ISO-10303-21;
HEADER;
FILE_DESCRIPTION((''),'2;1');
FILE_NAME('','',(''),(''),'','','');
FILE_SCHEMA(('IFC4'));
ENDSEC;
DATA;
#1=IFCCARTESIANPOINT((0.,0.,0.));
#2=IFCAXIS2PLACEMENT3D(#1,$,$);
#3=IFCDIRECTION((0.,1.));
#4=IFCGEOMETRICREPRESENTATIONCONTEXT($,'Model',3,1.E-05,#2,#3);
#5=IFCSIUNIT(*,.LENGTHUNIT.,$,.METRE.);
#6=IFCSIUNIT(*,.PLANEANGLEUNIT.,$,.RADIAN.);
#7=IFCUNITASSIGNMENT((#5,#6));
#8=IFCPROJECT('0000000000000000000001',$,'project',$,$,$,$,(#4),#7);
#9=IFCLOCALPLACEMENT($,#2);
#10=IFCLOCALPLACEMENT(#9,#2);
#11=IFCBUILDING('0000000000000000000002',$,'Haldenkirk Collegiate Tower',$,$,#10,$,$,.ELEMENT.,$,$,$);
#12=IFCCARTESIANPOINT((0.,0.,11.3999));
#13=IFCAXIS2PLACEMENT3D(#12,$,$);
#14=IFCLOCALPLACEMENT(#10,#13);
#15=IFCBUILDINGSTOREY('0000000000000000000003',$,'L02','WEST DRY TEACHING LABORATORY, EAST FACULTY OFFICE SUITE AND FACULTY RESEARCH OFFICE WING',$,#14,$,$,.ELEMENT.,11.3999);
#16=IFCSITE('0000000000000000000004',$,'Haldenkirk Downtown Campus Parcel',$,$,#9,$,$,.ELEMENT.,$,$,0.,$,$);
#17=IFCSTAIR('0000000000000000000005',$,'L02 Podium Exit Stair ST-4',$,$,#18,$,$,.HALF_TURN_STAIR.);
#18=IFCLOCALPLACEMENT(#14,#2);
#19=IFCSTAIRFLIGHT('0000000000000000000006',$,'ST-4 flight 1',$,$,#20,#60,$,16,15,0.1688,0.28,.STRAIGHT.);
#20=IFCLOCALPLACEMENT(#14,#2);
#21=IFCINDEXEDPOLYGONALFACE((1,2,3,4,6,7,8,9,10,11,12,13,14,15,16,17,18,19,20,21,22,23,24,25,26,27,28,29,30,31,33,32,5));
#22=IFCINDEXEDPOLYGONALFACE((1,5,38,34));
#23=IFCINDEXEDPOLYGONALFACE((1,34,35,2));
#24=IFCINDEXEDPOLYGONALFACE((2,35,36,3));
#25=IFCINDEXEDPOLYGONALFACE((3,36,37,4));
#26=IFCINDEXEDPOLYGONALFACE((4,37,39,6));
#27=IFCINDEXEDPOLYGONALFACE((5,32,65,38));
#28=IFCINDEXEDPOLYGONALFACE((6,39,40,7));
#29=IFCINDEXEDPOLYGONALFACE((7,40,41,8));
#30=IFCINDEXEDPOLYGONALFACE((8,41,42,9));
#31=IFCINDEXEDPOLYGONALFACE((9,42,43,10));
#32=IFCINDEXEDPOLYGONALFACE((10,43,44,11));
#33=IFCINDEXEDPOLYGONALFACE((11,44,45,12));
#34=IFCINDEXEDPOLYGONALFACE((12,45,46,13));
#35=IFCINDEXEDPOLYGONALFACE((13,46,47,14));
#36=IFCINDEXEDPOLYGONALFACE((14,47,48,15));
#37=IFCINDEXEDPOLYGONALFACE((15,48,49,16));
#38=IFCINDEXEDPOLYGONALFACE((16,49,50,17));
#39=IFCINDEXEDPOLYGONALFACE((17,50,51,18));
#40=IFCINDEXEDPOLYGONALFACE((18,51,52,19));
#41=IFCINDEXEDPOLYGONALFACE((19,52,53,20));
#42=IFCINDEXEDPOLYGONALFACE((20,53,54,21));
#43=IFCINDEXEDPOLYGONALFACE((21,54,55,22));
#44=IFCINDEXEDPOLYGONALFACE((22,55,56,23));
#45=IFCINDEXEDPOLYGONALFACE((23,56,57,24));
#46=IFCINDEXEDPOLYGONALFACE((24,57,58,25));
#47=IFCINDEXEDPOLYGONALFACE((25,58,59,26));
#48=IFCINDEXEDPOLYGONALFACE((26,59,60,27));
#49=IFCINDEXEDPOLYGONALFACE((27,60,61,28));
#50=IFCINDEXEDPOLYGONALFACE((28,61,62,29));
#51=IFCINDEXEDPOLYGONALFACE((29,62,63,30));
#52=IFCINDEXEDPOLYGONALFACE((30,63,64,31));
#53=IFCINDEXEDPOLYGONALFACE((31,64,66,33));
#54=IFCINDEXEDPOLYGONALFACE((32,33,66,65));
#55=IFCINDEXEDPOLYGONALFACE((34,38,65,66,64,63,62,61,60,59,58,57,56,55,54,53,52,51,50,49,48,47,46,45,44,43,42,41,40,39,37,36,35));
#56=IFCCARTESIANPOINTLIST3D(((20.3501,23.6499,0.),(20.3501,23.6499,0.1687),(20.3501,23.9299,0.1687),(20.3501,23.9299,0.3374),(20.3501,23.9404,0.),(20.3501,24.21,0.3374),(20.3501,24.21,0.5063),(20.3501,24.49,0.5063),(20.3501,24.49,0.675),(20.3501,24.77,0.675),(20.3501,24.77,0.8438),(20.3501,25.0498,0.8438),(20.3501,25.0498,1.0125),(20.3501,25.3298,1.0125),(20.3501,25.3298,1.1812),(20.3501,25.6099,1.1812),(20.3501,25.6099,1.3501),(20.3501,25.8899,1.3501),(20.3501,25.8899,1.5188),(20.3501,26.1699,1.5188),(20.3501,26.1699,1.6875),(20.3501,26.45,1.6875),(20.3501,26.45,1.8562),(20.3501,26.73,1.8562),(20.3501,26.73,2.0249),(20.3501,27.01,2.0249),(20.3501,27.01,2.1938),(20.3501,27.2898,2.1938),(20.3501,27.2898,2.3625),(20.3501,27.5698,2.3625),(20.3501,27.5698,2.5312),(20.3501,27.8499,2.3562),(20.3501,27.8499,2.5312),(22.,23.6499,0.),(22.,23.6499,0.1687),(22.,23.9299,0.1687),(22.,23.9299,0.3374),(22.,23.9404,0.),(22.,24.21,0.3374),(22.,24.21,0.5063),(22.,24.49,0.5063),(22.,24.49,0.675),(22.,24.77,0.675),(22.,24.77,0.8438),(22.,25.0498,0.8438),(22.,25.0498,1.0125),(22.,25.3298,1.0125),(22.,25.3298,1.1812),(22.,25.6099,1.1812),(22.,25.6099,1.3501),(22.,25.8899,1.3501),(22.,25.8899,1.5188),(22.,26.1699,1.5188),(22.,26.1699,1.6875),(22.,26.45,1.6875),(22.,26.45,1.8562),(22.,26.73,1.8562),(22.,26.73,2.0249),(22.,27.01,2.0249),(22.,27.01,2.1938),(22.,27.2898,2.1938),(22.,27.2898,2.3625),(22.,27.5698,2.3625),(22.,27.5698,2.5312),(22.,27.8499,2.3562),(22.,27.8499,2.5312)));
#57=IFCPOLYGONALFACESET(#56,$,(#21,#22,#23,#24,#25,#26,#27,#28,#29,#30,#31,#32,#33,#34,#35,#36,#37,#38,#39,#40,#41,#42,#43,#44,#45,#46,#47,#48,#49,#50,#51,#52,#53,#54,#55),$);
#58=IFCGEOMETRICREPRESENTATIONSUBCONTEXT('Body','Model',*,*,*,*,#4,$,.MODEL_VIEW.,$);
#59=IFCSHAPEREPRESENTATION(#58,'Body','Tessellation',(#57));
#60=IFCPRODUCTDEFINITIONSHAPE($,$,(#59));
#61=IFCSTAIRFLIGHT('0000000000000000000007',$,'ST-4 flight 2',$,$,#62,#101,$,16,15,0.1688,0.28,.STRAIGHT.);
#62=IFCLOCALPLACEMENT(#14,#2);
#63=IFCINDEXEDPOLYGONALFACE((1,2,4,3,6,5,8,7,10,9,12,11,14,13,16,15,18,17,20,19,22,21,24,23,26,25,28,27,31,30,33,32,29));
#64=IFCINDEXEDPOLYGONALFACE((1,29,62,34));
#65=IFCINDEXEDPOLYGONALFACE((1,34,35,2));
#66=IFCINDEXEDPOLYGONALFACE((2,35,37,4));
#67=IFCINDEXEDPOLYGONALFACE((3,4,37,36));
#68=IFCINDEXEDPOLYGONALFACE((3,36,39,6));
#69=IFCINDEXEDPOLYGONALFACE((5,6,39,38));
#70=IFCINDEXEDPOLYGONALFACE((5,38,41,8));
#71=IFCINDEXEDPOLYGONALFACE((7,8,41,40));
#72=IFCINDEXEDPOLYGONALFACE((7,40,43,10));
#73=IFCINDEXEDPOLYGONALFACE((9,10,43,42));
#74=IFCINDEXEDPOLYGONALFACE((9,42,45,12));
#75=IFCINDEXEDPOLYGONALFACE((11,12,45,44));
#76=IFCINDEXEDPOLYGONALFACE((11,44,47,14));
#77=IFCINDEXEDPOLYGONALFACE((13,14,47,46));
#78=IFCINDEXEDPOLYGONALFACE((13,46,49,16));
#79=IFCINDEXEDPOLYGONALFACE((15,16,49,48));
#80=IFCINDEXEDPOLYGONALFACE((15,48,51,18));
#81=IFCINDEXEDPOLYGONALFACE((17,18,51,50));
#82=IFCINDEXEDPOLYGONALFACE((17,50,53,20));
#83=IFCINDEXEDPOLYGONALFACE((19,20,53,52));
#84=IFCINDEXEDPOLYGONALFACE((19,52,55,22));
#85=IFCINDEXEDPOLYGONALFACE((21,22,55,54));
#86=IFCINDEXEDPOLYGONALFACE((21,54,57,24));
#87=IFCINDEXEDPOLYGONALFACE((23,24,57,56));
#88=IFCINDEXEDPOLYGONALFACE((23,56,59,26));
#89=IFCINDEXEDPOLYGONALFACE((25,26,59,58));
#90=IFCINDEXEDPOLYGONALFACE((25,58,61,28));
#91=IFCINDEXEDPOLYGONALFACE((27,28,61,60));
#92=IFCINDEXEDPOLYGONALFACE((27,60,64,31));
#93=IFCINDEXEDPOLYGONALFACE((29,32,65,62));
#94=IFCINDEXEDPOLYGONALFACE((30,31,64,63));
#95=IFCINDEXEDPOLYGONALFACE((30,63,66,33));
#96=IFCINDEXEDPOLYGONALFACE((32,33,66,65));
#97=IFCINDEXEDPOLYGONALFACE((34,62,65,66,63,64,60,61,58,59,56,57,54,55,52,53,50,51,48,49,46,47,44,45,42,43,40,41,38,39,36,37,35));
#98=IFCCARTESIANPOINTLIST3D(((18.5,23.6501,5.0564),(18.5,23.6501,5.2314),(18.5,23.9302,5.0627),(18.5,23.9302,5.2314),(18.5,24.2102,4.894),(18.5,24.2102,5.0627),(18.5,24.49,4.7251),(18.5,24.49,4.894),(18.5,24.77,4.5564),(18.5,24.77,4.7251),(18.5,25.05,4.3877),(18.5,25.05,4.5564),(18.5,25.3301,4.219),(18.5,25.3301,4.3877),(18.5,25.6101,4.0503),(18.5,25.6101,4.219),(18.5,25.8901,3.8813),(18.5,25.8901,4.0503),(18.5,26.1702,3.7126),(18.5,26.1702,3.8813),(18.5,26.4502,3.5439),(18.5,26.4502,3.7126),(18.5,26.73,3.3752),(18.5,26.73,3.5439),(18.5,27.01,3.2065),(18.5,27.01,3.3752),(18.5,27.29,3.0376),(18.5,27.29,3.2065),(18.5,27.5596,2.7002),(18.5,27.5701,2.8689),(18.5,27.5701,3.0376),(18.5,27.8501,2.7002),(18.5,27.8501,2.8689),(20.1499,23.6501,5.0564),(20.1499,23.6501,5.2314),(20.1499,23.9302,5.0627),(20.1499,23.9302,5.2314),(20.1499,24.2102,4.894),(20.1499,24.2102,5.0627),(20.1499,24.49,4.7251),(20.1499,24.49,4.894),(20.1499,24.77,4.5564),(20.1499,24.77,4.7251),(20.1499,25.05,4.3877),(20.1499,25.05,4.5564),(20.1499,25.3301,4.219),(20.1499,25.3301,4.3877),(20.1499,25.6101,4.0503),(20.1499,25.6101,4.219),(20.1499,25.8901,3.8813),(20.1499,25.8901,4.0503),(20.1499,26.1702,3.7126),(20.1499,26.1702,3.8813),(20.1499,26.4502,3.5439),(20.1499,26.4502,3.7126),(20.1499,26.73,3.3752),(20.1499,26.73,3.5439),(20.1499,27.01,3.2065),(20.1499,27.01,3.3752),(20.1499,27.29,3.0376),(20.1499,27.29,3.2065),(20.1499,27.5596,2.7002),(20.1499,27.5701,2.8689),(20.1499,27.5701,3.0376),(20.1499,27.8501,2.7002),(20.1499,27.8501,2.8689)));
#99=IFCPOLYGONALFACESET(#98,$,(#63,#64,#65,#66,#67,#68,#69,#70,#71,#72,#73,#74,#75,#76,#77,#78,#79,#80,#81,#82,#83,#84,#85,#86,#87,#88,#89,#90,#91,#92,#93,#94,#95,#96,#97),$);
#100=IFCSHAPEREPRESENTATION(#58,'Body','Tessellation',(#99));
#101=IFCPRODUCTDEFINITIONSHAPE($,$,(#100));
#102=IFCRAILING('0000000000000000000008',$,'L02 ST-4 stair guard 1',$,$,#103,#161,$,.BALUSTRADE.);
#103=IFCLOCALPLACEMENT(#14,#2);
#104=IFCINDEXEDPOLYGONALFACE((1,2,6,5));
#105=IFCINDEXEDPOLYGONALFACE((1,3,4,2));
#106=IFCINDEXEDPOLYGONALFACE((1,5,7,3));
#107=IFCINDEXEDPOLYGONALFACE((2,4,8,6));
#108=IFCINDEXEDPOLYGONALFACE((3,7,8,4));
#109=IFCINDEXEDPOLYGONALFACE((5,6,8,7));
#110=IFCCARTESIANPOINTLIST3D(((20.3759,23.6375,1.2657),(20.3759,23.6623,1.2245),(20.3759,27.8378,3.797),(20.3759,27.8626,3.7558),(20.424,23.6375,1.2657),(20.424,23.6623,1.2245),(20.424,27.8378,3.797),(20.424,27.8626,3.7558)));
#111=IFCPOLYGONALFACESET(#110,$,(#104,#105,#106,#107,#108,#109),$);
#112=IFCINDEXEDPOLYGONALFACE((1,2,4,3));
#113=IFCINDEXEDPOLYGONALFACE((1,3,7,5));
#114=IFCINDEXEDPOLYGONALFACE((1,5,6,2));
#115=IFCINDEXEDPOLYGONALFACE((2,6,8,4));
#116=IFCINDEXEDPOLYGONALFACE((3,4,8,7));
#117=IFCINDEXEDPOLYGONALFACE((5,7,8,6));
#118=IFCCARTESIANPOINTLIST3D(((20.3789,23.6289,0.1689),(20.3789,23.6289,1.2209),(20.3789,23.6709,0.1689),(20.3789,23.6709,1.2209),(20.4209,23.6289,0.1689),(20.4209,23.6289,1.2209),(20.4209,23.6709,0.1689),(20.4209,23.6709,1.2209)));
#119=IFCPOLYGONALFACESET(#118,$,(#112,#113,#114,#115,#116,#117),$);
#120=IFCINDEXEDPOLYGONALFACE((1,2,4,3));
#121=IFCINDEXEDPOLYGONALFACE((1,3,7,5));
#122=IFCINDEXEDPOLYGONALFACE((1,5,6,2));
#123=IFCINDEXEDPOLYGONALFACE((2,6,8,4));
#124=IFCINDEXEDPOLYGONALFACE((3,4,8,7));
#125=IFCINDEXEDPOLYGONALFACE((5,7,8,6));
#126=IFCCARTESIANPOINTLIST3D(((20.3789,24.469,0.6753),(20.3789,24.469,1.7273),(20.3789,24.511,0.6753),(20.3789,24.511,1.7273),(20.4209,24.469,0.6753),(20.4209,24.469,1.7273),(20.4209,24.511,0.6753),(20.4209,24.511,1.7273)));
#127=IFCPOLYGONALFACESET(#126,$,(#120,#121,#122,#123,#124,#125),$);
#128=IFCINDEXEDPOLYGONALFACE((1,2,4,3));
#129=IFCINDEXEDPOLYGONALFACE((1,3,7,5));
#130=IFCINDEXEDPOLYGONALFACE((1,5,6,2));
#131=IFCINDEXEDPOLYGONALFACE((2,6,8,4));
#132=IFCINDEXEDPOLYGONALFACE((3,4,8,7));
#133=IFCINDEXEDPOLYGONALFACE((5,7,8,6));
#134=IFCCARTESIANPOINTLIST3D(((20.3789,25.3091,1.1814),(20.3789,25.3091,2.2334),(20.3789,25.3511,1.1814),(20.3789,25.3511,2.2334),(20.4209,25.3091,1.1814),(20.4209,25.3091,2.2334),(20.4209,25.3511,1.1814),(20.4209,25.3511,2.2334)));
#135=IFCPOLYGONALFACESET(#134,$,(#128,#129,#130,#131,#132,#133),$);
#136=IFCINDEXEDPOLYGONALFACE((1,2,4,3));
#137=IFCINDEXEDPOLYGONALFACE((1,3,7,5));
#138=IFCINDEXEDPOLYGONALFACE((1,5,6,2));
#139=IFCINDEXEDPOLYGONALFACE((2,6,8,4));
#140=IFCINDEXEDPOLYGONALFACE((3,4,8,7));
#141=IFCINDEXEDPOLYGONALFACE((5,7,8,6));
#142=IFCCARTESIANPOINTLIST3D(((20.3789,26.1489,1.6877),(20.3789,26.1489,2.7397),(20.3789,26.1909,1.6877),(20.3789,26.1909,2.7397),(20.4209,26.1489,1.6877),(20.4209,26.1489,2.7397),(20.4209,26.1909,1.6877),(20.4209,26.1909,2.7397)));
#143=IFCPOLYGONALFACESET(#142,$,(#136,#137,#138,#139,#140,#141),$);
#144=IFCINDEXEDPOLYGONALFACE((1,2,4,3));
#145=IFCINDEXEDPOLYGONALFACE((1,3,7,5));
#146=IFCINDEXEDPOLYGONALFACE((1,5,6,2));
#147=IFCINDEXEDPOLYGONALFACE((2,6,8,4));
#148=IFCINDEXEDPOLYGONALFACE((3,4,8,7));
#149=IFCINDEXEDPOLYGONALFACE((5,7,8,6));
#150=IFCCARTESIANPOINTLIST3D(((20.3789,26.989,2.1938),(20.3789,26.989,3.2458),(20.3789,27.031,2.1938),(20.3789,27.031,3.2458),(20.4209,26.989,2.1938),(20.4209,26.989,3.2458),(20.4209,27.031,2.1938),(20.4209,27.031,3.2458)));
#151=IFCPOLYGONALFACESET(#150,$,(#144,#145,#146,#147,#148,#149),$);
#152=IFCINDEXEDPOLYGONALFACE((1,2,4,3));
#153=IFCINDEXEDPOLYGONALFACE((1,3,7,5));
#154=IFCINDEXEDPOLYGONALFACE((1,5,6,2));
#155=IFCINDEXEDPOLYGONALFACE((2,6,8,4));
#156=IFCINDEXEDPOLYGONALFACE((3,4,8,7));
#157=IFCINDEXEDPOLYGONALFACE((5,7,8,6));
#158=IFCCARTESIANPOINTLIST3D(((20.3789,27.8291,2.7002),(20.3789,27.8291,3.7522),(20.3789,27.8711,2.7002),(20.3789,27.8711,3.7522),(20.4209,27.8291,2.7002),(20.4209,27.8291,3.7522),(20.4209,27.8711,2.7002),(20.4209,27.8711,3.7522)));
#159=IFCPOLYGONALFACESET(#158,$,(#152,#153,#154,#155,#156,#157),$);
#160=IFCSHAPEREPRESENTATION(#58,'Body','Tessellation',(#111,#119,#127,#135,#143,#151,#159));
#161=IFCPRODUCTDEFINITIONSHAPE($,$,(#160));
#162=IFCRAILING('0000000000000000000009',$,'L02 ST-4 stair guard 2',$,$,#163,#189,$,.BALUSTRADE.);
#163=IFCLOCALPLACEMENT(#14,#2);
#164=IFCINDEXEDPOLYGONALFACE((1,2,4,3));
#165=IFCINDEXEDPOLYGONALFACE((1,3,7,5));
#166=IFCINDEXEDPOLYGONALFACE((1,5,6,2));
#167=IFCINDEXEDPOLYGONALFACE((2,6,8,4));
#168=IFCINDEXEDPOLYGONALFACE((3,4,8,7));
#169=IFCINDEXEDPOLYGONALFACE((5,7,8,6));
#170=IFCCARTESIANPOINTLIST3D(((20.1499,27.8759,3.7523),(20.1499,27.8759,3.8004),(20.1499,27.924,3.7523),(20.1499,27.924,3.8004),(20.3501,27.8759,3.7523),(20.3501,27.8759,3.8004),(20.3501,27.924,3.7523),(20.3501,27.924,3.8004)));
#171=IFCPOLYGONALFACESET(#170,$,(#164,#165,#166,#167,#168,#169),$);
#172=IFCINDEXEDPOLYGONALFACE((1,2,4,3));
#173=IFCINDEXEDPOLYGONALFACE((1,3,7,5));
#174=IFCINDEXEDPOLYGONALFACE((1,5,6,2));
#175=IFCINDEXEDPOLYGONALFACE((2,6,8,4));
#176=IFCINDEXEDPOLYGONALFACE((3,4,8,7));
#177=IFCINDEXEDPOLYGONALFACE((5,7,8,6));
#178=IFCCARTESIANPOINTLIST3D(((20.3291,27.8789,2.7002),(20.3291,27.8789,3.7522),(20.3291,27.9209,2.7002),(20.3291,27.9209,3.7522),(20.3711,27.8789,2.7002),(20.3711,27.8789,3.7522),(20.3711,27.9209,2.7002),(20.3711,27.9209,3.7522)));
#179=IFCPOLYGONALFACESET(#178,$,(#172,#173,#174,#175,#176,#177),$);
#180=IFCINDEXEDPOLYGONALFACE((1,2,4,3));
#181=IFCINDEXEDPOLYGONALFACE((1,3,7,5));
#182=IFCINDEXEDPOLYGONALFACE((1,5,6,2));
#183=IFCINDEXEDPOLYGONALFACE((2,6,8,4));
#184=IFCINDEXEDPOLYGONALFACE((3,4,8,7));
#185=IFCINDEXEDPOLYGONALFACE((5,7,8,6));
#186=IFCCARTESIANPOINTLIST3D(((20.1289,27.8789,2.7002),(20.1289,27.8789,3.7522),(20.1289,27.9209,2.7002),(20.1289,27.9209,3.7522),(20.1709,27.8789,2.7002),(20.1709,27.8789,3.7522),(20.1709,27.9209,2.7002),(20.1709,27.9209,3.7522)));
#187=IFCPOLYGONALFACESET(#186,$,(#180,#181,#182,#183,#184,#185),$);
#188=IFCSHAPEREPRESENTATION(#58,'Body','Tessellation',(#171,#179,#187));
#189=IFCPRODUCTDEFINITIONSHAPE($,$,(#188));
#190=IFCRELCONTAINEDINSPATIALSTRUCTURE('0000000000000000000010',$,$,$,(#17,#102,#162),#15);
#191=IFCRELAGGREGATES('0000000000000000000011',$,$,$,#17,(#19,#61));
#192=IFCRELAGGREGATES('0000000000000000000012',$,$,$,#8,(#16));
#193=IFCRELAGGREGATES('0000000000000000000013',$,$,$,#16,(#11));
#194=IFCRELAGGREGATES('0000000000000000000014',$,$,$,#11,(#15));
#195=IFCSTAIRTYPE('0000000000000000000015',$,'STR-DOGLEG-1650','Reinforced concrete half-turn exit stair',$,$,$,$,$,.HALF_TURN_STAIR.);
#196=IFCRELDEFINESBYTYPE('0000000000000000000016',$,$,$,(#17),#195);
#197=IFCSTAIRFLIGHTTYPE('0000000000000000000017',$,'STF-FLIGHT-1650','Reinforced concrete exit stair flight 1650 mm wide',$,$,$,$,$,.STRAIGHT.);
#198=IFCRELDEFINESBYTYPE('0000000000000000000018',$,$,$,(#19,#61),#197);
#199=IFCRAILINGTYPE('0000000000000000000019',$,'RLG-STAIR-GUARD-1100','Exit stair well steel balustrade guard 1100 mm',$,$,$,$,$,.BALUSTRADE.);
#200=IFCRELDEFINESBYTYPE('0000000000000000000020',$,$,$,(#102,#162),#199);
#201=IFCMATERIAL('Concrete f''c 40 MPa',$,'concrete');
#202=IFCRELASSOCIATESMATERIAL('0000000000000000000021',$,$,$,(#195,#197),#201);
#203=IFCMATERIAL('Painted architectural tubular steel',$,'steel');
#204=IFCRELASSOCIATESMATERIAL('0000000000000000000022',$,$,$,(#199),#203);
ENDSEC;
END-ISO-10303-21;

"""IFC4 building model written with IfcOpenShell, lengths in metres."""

from ifc_helpers import new_model, si_unit, direction, frame, origin, origin_2d, place, context, subcontext, project, spatial, polyline, rectangle, outline, extrude, material, type_object, element, aggregate, save


model = new_model("IFC4")

# Units and contexts
model_context = context("Model", 3, precision=1e-05, world=origin(), true_north=direction((0.0, 1.0)))
body_context = subcontext(model_context, "Body", "Model", "MODEL_VIEW")
ifc_project = project(units=[si_unit("LENGTHUNIT", "METRE"), si_unit("PLANEANGLEUNIT", "RADIAN")], contexts=[model_context])

# Site, building, storey
site_placement = place(None, origin())
site = spatial("IfcSite", under=ifc_project, at=site_placement, Name="Haldenkirk Downtown Campus Parcel", CompositionType="ELEMENT", RefElevation=0.0)
building_placement = place(site_placement, origin())
building = spatial("IfcBuilding", under=site, at=building_placement, Name="Haldenkirk Collegiate Tower", CompositionType="ELEMENT")
storey_placement = place(building_placement, frame((0.0, 0.0, 11.3999)))
storey = spatial("IfcBuildingStorey", under=building, at=storey_placement, Name="L02", Description="WEST DRY TEACHING LABORATORY, EAST FACULTY OFFICE SUITE AND FACULTY RESEARCH OFFICE WING", CompositionType="ELEMENT", Elevation=11.3999)

# Stair, stair flights
ifc_material_1 = material(Name="Concrete f'c 40 MPa", Category="concrete")
stair_type = type_object("IfcStairType", Name="STR-DOGLEG-1650", Description="Reinforced concrete half-turn exit stair", PredefinedType="HALF_TURN_STAIR", material=ifc_material_1)
stair_placement = place(storey_placement, origin())
stair = element("IfcStair", 1, at=stair_placement, inside=storey, type_object=stair_type, Name="L02 Podium Exit Stair ST-4", PredefinedType="HALF_TURN_STAIR")
stair_flight_type = type_object("IfcStairFlightType", Name="STF-FLIGHT-1650", Description="Reinforced concrete exit stair flight 1650 mm wide", PredefinedType="STRAIGHT", material=ifc_material_1)
stair_flight_1_placement = place(storey_placement, frame((21.175, 23.6499, 0.0), z_axis=(0.0, 0.0, 1.0), x_axis=(0.0, 1.0, 0.0)))
stair_flight_1 = element("IfcStairFlight", 2, at=stair_flight_1_placement, type_object=stair_flight_type, Name="ST-4 flight 1", NumberOfRisers=16, NumberOfTreads=15, PredefinedType="STRAIGHT", RiserHeight=0.1688, TreadLength=0.28, context=body_context, shape_type="SweptSolid", body=[
    extrude(outline(polyline([(0.0, 0.0), (0.0, 0.1687), (0.28, 0.1687), (0.28, 0.3374), (0.5601, 0.3374), (0.5601, 0.5063), (0.8401, 0.5063), (0.8401, 0.675), (1.1201, 0.675), (1.1201, 0.8438), (1.3999, 0.8438), (1.3999, 1.0125), (1.6799, 1.0125), (1.6799, 1.1812), (1.96, 1.1812), (1.96, 1.3501), (2.24, 1.3501), (2.24, 1.5188), (2.52, 1.5188), (2.52, 1.6875), (2.8, 1.6875), (2.8, 1.8562), (3.0801, 1.8562), (3.0801, 2.0249), (3.3601, 2.0249), (3.3601, 2.1938), (3.6399, 2.1938), (3.6399, 2.3625), (3.9199, 2.3625), (3.9199, 2.5312), (4.2, 2.5312), (4.2, 2.7), (4.2, 2.3562), (0.2905, 0.0), (0.0, 0.0)])), frame((0.0, 0.825, 0.0), z_axis=(0.0, -1.0, 0.0), x_axis=(1.0, 0.0, 0.0)), (0.0, 0.0, 1.0), 1.6499),
])
stair_flight_2_placement = place(storey_placement, frame((19.325, 27.8501, 2.7002), z_axis=(0.0, 0.0, 1.0), x_axis=(0.0, -1.0, 0.0)))
stair_flight_2 = element("IfcStairFlight", 3, at=stair_flight_2_placement, type_object=stair_flight_type, Name="ST-4 flight 2", NumberOfRisers=16, NumberOfTreads=15, PredefinedType="STRAIGHT", RiserHeight=0.1688, TreadLength=0.28, context=body_context, shape_type="SweptSolid", body=[
    extrude(outline(polyline([(0.0, 0.0), (0.0, 0.1687), (0.28, 0.1687), (0.28, 0.3374), (0.5601, 0.3374), (0.5601, 0.5063), (0.8401, 0.5063), (0.8401, 0.675), (1.1201, 0.675), (1.1201, 0.8438), (1.3999, 0.8438), (1.3999, 1.0125), (1.6799, 1.0125), (1.6799, 1.1812), (1.96, 1.1812), (1.96, 1.3501), (2.24, 1.3501), (2.24, 1.5188), (2.52, 1.5188), (2.52, 1.6875), (2.8, 1.6875), (2.8, 1.8562), (3.0801, 1.8562), (3.0801, 2.0249), (3.3601, 2.0249), (3.3601, 2.1938), (3.6399, 2.1938), (3.6399, 2.3625), (3.9199, 2.3625), (3.9199, 2.5312), (4.2, 2.5312), (4.2, 2.7), (4.2, 2.3562), (0.2905, 0.0), (0.0, 0.0)])), frame((0.0, 0.825, 0.0), z_axis=(0.0, -1.0, 0.0), x_axis=(1.0, 0.0, 0.0)), (0.0, 0.0, 1.0), 1.6499),
])
aggregate(stair, [stair_flight_1, stair_flight_2])

# Railings
ifc_material_2 = material(Name="Painted architectural tubular steel", Category="steel")
railing_type_1 = type_object("IfcRailingType", Name="RLG-STAIR-GUARD-1100", Description="Exit stair well steel balustrade guard 1100 mm", PredefinedType="BALUSTRADE", material=ifc_material_2)
railing_1_placement = place(storey_placement, frame((20.3999, 23.6499, 0.1689)))
element("IfcRailing", 4, at=railing_1_placement, inside=storey, type_object=railing_type_1, Name="L02 ST-4 stair guard 1", PredefinedType="BALUSTRADE", context=body_context, shape_type="SweptSolid", body=[
    extrude(rectangle(XDim=0.0481, YDim=0.0481, at=origin_2d()), frame((0.0, 0.0, 1.0762), z_axis=(0.0, 0.85649, 0.516164), x_axis=(-1.0, 0.0, 0.0)), (0.0, 0.0, 1.0), 4.9041),
    extrude(rectangle(XDim=0.042, YDim=0.042, at=origin_2d()), origin(), (0.0, 0.0, 1.0), 1.052),
    extrude(rectangle(XDim=0.042, YDim=0.042, at=origin_2d()), frame((0.0, 0.8401, 0.5063)), (0.0, 0.0, 1.0), 1.052),
    extrude(rectangle(XDim=0.042, YDim=0.042, at=origin_2d()), frame((0.0, 1.6802, 1.0125)), (0.0, 0.0, 1.0), 1.052),
    extrude(rectangle(XDim=0.042, YDim=0.042, at=origin_2d()), frame((0.0, 2.52, 1.5188)), (0.0, 0.0, 1.0), 1.052),
    extrude(rectangle(XDim=0.042, YDim=0.042, at=origin_2d()), frame((0.0, 3.3601, 2.0249)), (0.0, 0.0, 1.0), 1.052),
    extrude(rectangle(XDim=0.042, YDim=0.042, at=origin_2d()), frame((0.0, 4.2002, 2.5312)), (0.0, 0.0, 1.0), 1.052),
])
railing_2_placement = place(storey_placement, frame((20.3501, 27.8999, 2.7002)))
element("IfcRailing", 5, at=railing_2_placement, inside=storey, type_object=railing_type_1, Name="L02 ST-4 stair guard 2", PredefinedType="BALUSTRADE", context=body_context, shape_type="SweptSolid", body=[
    extrude(rectangle(XDim=0.0481, YDim=0.0481, at=origin_2d()), frame((0.0, 0.0, 1.0762), z_axis=(-1.0, 0.0, 0.0), x_axis=(0.0, -1.0, 0.0)), (0.0, 0.0, 1.0), 0.2002),
    extrude(rectangle(XDim=0.042, YDim=0.042, at=origin_2d()), origin(), (0.0, 0.0, 1.0), 1.052),
    extrude(rectangle(XDim=0.042, YDim=0.042, at=origin_2d()), frame((-0.2002, 0.0, 0.0)), (0.0, 0.0, 1.0), 1.052),
])

save(model, "model.ifc")
